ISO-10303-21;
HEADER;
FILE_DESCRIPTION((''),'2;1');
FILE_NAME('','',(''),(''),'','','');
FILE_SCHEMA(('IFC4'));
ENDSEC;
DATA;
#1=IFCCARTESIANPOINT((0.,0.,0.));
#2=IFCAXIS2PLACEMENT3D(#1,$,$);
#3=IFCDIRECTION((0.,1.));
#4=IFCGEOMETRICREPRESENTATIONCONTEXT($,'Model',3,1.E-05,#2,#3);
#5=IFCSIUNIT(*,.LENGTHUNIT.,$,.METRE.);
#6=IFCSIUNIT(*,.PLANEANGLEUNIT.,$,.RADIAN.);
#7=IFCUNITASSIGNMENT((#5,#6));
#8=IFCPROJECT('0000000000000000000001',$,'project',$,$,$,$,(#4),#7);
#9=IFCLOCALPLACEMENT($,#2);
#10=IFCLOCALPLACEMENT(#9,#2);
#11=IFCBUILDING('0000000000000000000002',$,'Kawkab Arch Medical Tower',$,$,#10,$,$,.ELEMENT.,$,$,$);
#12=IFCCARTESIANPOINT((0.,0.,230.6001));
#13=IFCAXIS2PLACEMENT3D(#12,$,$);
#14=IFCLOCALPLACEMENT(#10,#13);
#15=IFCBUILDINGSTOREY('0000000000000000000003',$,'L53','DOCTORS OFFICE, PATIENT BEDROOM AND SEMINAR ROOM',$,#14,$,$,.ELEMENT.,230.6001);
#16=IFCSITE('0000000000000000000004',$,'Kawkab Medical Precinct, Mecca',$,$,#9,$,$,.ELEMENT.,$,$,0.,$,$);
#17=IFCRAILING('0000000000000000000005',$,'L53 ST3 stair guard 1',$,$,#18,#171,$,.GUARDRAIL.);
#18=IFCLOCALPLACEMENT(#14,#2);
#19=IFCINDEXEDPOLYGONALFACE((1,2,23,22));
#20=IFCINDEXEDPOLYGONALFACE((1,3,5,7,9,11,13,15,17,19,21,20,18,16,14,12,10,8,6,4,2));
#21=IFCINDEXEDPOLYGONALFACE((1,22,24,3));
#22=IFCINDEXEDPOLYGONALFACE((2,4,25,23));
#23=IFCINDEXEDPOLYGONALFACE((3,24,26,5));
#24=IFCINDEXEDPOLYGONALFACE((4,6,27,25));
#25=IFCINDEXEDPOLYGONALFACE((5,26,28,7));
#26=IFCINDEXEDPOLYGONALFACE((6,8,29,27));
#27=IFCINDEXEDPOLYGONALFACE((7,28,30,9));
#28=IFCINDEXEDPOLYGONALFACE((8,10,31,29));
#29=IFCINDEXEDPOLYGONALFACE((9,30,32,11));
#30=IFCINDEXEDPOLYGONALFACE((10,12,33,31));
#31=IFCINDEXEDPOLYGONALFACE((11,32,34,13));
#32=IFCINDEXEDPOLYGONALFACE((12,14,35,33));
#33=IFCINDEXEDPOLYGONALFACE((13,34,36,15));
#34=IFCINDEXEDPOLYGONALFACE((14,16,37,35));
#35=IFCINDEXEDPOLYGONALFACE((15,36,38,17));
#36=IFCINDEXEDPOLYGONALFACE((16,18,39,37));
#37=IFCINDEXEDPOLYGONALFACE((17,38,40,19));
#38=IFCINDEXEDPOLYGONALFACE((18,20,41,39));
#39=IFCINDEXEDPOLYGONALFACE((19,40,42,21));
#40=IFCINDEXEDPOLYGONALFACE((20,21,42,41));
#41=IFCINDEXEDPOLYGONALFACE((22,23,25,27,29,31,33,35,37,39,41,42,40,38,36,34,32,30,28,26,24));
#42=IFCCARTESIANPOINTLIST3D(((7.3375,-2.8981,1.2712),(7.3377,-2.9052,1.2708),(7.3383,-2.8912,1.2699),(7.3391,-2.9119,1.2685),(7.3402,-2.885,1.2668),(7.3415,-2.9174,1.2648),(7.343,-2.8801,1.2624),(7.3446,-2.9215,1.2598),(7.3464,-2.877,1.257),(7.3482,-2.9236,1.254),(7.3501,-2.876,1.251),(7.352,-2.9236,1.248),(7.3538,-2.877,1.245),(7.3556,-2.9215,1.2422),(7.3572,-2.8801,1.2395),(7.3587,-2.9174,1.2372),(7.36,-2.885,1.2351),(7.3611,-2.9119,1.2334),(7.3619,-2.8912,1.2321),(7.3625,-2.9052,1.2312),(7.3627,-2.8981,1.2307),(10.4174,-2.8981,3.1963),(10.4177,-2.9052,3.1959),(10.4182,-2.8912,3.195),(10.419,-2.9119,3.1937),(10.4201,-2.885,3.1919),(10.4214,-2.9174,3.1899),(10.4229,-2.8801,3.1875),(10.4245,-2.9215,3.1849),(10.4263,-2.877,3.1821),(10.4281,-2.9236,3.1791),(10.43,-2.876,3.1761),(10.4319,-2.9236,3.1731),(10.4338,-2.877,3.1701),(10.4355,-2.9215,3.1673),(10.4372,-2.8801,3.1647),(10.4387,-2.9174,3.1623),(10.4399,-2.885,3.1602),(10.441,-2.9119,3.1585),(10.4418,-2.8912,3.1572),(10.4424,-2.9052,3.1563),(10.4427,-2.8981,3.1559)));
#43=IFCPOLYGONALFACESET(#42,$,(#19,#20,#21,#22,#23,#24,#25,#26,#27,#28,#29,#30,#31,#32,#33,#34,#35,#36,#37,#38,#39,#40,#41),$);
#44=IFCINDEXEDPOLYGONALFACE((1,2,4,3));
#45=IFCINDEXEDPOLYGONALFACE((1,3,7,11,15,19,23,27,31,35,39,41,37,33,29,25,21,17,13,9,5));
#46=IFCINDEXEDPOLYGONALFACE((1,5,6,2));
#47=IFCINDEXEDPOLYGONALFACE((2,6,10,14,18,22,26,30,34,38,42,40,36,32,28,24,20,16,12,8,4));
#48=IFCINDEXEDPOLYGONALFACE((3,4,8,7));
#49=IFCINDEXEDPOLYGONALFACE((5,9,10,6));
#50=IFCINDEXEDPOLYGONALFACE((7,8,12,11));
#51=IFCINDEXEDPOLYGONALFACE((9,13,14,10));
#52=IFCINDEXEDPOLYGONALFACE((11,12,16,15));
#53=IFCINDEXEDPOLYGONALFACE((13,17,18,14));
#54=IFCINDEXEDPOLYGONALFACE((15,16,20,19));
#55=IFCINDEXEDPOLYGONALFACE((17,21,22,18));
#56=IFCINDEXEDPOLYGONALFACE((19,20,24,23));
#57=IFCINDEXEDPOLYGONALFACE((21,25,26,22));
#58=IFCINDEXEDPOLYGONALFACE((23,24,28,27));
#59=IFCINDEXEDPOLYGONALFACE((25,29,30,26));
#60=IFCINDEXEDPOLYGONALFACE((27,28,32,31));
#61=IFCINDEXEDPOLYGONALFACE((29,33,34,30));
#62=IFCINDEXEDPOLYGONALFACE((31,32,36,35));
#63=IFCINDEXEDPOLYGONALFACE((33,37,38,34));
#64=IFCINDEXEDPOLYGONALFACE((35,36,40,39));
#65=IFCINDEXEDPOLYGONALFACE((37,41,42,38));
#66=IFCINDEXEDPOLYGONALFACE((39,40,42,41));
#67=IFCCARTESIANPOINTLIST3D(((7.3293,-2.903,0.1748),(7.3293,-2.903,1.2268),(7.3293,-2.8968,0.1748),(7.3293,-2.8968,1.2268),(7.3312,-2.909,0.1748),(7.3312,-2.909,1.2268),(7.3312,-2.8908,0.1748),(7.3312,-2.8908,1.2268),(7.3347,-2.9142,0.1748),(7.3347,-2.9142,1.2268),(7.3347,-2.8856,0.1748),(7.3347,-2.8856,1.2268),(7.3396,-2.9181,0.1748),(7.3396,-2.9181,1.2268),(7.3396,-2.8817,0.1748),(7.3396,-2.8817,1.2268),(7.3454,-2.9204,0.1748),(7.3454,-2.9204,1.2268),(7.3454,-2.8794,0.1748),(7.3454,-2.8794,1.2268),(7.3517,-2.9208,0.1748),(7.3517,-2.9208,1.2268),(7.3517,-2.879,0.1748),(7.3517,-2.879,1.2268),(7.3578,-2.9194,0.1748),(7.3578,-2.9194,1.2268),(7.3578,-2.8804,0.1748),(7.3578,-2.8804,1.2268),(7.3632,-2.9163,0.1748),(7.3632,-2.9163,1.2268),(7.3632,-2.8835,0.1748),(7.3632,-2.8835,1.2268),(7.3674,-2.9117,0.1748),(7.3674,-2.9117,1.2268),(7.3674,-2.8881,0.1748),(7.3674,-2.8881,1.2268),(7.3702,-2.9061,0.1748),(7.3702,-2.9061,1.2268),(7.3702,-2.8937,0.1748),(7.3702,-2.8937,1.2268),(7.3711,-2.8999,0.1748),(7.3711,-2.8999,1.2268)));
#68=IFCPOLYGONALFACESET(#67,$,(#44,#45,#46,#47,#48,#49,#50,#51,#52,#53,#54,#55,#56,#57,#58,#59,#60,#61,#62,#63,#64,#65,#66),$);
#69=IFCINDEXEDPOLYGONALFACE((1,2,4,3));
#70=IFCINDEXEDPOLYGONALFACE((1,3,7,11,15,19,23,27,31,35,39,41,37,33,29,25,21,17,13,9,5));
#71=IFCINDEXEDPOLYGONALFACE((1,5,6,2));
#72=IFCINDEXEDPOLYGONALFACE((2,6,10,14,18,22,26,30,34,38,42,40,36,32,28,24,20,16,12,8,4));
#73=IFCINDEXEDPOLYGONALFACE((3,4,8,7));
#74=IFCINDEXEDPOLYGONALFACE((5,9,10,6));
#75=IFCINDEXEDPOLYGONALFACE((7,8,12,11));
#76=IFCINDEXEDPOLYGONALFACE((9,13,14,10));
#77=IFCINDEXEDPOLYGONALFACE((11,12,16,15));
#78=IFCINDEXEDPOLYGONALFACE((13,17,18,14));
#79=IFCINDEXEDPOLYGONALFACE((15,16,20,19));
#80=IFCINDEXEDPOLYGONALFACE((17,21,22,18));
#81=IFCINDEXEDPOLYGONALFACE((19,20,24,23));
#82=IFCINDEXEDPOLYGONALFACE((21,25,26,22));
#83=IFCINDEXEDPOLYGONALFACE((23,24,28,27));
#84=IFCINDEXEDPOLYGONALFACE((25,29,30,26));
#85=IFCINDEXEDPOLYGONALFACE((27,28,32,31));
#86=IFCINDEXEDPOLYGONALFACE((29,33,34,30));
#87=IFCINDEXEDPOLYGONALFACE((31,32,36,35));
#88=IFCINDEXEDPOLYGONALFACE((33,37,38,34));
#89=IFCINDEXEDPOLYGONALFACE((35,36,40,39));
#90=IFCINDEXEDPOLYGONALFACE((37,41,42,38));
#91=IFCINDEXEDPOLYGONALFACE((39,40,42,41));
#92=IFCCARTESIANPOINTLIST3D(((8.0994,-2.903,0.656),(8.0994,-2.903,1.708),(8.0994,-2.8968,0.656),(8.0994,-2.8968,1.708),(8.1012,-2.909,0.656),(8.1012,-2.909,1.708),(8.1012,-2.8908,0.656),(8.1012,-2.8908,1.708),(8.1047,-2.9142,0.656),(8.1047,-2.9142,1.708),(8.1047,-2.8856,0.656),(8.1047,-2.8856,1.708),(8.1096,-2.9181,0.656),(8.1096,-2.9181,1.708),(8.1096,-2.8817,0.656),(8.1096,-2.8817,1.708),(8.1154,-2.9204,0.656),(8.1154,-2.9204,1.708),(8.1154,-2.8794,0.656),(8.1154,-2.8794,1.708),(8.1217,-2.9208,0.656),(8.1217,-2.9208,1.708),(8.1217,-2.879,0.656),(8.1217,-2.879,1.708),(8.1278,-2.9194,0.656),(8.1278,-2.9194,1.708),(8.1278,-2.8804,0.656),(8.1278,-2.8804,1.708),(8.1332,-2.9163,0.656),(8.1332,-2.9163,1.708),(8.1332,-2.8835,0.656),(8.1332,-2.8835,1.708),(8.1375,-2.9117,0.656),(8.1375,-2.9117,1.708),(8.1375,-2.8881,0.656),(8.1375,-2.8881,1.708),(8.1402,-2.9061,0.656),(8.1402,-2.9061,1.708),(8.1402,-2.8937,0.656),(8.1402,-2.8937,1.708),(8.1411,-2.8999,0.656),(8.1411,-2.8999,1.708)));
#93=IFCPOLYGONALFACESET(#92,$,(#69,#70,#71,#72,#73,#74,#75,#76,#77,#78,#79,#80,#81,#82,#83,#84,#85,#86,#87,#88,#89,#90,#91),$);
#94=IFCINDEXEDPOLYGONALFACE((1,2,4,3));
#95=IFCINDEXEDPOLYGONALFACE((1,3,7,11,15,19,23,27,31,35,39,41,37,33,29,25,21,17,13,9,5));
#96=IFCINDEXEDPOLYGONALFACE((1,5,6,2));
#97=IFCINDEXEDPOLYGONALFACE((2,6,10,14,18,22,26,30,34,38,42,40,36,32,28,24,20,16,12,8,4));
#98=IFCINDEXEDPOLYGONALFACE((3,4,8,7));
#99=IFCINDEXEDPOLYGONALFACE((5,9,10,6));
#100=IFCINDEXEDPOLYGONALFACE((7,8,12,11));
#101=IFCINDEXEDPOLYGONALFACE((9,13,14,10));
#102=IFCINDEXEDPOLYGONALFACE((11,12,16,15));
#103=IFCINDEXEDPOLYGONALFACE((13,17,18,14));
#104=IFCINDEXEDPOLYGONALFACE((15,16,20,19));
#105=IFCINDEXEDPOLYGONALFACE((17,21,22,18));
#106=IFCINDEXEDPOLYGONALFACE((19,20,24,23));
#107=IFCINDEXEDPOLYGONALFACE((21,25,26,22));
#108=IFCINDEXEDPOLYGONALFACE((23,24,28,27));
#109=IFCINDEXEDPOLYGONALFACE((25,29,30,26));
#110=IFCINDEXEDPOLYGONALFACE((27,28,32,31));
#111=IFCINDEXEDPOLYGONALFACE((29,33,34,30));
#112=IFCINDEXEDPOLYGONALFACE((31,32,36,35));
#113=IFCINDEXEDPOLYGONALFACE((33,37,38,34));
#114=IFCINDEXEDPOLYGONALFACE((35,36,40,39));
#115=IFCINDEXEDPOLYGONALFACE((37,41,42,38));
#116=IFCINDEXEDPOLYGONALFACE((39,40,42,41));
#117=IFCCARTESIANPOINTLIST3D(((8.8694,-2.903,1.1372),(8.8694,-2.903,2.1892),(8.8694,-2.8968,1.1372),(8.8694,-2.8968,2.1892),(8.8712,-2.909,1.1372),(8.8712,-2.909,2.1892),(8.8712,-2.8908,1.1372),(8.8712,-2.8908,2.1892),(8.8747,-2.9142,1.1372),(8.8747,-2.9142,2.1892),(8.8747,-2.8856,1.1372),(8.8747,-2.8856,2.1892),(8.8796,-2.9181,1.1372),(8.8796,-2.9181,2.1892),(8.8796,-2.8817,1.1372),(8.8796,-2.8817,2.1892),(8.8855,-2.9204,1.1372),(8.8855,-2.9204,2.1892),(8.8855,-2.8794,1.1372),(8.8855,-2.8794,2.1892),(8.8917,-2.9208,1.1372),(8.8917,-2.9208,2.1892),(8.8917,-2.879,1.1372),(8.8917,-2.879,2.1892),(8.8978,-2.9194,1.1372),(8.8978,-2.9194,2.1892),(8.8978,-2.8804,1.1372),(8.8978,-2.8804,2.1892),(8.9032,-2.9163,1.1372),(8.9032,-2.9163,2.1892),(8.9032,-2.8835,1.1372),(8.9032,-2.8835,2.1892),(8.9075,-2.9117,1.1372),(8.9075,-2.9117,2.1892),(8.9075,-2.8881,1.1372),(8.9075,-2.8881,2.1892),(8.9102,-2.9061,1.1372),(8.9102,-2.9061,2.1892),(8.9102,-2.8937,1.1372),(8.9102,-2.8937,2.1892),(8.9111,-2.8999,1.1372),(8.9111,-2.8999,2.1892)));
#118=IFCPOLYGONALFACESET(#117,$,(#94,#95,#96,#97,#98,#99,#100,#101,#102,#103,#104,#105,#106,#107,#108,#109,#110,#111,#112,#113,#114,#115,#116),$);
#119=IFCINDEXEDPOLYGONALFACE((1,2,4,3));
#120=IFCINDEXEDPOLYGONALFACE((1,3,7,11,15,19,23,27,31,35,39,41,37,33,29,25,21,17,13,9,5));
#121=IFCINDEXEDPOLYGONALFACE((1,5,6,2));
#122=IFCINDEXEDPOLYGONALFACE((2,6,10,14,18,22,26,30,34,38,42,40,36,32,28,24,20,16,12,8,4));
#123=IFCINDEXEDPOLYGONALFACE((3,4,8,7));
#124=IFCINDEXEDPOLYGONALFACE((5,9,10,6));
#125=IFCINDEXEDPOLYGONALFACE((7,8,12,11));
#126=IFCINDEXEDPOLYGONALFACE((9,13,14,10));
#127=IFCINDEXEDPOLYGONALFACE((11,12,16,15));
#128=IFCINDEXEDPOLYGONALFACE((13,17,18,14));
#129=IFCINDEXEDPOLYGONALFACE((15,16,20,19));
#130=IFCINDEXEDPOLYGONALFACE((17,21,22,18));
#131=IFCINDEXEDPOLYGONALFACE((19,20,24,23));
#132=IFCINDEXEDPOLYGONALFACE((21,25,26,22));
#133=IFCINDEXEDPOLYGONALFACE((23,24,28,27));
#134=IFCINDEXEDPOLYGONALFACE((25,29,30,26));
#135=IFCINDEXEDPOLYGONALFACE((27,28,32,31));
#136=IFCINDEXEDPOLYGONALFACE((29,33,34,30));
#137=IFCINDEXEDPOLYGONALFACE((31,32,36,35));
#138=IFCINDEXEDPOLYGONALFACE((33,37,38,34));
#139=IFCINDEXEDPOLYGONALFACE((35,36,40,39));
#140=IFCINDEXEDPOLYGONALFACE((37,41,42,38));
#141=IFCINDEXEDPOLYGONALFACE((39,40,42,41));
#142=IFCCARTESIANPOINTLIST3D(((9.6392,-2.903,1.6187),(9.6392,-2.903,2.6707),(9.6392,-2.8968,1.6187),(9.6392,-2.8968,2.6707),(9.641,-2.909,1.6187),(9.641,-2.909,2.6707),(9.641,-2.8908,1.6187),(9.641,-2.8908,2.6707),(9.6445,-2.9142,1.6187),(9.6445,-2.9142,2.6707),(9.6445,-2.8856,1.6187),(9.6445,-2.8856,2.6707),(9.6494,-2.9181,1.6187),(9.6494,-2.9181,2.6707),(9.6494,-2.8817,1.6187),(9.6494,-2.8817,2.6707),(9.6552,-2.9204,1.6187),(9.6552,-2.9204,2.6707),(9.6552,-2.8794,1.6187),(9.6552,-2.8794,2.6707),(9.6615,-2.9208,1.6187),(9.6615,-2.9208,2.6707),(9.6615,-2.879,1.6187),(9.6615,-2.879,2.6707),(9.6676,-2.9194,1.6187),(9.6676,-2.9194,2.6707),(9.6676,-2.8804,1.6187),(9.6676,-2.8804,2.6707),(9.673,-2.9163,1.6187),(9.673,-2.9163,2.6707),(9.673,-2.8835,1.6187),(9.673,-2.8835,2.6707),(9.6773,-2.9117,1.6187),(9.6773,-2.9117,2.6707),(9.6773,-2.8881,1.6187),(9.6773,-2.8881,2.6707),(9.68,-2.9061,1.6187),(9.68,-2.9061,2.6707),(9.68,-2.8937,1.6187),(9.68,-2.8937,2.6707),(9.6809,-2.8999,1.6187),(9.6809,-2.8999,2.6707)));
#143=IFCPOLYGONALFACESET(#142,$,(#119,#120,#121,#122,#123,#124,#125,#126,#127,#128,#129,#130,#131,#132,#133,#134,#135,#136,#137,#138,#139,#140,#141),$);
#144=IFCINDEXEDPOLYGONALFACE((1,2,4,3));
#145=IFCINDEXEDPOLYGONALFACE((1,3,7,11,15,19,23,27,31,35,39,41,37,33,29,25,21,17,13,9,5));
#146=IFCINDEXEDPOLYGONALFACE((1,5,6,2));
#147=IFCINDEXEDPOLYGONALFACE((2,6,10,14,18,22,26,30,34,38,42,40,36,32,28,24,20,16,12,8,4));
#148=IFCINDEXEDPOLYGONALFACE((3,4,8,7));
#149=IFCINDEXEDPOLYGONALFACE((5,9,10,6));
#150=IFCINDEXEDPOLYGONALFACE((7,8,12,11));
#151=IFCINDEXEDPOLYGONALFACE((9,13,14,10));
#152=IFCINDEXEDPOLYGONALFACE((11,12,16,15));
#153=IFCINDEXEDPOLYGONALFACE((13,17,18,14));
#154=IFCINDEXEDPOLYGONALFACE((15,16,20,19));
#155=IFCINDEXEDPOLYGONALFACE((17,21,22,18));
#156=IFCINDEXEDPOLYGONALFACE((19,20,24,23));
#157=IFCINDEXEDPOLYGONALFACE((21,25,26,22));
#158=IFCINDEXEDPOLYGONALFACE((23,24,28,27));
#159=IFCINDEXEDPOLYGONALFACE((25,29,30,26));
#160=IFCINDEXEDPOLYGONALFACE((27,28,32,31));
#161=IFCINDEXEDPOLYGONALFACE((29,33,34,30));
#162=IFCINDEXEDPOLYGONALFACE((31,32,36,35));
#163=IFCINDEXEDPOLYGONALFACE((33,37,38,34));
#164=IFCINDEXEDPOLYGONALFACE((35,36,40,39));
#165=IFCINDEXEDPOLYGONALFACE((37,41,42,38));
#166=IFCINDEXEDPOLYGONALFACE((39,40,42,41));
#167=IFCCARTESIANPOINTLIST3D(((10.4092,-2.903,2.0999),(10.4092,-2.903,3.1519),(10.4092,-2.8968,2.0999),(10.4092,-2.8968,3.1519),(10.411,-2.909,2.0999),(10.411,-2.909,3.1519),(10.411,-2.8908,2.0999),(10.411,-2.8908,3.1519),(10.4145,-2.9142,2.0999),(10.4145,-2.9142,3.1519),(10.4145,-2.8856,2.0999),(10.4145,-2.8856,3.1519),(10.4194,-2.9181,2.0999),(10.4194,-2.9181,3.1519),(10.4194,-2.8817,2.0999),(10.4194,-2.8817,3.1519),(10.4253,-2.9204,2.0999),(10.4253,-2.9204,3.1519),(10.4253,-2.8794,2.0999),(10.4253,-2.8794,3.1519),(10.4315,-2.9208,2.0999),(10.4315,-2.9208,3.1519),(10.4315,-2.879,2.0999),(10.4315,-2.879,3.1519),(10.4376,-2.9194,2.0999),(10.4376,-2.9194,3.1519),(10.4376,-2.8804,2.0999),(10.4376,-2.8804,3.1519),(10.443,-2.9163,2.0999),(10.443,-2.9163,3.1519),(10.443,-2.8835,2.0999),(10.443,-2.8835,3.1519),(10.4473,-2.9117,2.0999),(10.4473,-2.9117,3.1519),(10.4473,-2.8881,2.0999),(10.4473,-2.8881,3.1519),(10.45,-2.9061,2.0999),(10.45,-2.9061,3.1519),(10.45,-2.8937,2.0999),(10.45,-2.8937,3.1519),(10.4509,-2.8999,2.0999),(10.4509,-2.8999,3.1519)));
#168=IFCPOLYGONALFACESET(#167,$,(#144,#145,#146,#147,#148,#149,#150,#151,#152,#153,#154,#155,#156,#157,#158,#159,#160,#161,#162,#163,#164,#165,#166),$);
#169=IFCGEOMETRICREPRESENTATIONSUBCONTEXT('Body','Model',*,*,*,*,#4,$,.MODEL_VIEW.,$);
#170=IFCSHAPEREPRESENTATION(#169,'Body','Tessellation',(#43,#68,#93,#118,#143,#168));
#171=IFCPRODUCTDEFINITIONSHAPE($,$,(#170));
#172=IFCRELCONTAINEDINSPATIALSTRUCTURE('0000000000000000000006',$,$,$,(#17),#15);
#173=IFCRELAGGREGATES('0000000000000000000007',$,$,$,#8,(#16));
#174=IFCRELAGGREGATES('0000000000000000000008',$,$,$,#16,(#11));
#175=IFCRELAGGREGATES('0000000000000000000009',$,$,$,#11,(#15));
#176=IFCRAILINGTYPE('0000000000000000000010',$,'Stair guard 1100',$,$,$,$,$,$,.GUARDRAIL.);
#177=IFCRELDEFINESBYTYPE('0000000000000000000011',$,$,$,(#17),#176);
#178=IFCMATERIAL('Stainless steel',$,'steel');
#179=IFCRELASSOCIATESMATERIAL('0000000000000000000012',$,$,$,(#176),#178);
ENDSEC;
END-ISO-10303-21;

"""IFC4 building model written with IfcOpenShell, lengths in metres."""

from ifc_helpers import new_model, si_unit, direction, frame, origin, origin_2d, place, context, subcontext, project, spatial, circle, extrude, material, type_object, element, save


model = new_model("IFC4")

# Units and contexts
model_context = context("Model", 3, precision=1e-05, world=origin(), true_north=direction((0.0, 1.0)))
body_context = subcontext(model_context, "Body", "Model", "MODEL_VIEW")
ifc_project = project(units=[si_unit("LENGTHUNIT", "METRE"), si_unit("PLANEANGLEUNIT", "RADIAN")], contexts=[model_context])

# Site, building, storey
site_placement = place(None, origin())
site = spatial("IfcSite", under=ifc_project, at=site_placement, Name="Kawkab Medical Precinct, Mecca", CompositionType="ELEMENT", RefElevation=0.0)
building_placement = place(site_placement, origin())
building = spatial("IfcBuilding", under=site, at=building_placement, Name="Kawkab Arch Medical Tower", CompositionType="ELEMENT")
storey_placement = place(building_placement, frame((0.0, 0.0, 230.6001)))
storey = spatial("IfcBuildingStorey", under=building, at=storey_placement, Name="L53", Description="DOCTORS OFFICE, PATIENT BEDROOM AND SEMINAR ROOM", CompositionType="ELEMENT", Elevation=230.6001)

# Railing
ifc_material_1 = material(Name="Stainless steel", Category="steel")
railing_type = type_object("IfcRailingType", Name="Stair guard 1100", PredefinedType="GUARDRAIL", material=ifc_material_1)
railing_1_placement = place(storey_placement, frame((7.3501, -2.8999, 0.1748)))
element("IfcRailing", 1, at=railing_1_placement, inside=storey, type_object=railing_type, Name="L53 ST3 stair guard 1", PredefinedType="GUARDRAIL", context=body_context, shape_type="SweptSolid", body=[
    extrude(circle(Radius=0.0239, at=origin_2d()), frame((0.0, 0.0, 1.0762), z_axis=(0.847979, 0.0, 0.530029), x_axis=(0.0, 1.0, 0.0)), (0.0, 0.0, 1.0), 3.6321),
    extrude(circle(Radius=0.021, at=origin_2d()), origin(), (0.0, 0.0, 1.0), 1.052),
    extrude(circle(Radius=0.021, at=origin_2d()), frame((0.77, 0.0, 0.4812)), (0.0, 0.0, 1.0), 1.052),
    extrude(circle(Radius=0.021, at=origin_2d()), frame((1.54, 0.0, 0.9624)), (0.0, 0.0, 1.0), 1.052),
    extrude(circle(Radius=0.021, at=origin_2d()), frame((2.3098, 0.0, 1.4438)), (0.0, 0.0, 1.0), 1.052),
    extrude(circle(Radius=0.021, at=origin_2d()), frame((3.0798, 0.0, 1.925)), (0.0, 0.0, 1.0), 1.052),
])

save(model, "model.ifc")
